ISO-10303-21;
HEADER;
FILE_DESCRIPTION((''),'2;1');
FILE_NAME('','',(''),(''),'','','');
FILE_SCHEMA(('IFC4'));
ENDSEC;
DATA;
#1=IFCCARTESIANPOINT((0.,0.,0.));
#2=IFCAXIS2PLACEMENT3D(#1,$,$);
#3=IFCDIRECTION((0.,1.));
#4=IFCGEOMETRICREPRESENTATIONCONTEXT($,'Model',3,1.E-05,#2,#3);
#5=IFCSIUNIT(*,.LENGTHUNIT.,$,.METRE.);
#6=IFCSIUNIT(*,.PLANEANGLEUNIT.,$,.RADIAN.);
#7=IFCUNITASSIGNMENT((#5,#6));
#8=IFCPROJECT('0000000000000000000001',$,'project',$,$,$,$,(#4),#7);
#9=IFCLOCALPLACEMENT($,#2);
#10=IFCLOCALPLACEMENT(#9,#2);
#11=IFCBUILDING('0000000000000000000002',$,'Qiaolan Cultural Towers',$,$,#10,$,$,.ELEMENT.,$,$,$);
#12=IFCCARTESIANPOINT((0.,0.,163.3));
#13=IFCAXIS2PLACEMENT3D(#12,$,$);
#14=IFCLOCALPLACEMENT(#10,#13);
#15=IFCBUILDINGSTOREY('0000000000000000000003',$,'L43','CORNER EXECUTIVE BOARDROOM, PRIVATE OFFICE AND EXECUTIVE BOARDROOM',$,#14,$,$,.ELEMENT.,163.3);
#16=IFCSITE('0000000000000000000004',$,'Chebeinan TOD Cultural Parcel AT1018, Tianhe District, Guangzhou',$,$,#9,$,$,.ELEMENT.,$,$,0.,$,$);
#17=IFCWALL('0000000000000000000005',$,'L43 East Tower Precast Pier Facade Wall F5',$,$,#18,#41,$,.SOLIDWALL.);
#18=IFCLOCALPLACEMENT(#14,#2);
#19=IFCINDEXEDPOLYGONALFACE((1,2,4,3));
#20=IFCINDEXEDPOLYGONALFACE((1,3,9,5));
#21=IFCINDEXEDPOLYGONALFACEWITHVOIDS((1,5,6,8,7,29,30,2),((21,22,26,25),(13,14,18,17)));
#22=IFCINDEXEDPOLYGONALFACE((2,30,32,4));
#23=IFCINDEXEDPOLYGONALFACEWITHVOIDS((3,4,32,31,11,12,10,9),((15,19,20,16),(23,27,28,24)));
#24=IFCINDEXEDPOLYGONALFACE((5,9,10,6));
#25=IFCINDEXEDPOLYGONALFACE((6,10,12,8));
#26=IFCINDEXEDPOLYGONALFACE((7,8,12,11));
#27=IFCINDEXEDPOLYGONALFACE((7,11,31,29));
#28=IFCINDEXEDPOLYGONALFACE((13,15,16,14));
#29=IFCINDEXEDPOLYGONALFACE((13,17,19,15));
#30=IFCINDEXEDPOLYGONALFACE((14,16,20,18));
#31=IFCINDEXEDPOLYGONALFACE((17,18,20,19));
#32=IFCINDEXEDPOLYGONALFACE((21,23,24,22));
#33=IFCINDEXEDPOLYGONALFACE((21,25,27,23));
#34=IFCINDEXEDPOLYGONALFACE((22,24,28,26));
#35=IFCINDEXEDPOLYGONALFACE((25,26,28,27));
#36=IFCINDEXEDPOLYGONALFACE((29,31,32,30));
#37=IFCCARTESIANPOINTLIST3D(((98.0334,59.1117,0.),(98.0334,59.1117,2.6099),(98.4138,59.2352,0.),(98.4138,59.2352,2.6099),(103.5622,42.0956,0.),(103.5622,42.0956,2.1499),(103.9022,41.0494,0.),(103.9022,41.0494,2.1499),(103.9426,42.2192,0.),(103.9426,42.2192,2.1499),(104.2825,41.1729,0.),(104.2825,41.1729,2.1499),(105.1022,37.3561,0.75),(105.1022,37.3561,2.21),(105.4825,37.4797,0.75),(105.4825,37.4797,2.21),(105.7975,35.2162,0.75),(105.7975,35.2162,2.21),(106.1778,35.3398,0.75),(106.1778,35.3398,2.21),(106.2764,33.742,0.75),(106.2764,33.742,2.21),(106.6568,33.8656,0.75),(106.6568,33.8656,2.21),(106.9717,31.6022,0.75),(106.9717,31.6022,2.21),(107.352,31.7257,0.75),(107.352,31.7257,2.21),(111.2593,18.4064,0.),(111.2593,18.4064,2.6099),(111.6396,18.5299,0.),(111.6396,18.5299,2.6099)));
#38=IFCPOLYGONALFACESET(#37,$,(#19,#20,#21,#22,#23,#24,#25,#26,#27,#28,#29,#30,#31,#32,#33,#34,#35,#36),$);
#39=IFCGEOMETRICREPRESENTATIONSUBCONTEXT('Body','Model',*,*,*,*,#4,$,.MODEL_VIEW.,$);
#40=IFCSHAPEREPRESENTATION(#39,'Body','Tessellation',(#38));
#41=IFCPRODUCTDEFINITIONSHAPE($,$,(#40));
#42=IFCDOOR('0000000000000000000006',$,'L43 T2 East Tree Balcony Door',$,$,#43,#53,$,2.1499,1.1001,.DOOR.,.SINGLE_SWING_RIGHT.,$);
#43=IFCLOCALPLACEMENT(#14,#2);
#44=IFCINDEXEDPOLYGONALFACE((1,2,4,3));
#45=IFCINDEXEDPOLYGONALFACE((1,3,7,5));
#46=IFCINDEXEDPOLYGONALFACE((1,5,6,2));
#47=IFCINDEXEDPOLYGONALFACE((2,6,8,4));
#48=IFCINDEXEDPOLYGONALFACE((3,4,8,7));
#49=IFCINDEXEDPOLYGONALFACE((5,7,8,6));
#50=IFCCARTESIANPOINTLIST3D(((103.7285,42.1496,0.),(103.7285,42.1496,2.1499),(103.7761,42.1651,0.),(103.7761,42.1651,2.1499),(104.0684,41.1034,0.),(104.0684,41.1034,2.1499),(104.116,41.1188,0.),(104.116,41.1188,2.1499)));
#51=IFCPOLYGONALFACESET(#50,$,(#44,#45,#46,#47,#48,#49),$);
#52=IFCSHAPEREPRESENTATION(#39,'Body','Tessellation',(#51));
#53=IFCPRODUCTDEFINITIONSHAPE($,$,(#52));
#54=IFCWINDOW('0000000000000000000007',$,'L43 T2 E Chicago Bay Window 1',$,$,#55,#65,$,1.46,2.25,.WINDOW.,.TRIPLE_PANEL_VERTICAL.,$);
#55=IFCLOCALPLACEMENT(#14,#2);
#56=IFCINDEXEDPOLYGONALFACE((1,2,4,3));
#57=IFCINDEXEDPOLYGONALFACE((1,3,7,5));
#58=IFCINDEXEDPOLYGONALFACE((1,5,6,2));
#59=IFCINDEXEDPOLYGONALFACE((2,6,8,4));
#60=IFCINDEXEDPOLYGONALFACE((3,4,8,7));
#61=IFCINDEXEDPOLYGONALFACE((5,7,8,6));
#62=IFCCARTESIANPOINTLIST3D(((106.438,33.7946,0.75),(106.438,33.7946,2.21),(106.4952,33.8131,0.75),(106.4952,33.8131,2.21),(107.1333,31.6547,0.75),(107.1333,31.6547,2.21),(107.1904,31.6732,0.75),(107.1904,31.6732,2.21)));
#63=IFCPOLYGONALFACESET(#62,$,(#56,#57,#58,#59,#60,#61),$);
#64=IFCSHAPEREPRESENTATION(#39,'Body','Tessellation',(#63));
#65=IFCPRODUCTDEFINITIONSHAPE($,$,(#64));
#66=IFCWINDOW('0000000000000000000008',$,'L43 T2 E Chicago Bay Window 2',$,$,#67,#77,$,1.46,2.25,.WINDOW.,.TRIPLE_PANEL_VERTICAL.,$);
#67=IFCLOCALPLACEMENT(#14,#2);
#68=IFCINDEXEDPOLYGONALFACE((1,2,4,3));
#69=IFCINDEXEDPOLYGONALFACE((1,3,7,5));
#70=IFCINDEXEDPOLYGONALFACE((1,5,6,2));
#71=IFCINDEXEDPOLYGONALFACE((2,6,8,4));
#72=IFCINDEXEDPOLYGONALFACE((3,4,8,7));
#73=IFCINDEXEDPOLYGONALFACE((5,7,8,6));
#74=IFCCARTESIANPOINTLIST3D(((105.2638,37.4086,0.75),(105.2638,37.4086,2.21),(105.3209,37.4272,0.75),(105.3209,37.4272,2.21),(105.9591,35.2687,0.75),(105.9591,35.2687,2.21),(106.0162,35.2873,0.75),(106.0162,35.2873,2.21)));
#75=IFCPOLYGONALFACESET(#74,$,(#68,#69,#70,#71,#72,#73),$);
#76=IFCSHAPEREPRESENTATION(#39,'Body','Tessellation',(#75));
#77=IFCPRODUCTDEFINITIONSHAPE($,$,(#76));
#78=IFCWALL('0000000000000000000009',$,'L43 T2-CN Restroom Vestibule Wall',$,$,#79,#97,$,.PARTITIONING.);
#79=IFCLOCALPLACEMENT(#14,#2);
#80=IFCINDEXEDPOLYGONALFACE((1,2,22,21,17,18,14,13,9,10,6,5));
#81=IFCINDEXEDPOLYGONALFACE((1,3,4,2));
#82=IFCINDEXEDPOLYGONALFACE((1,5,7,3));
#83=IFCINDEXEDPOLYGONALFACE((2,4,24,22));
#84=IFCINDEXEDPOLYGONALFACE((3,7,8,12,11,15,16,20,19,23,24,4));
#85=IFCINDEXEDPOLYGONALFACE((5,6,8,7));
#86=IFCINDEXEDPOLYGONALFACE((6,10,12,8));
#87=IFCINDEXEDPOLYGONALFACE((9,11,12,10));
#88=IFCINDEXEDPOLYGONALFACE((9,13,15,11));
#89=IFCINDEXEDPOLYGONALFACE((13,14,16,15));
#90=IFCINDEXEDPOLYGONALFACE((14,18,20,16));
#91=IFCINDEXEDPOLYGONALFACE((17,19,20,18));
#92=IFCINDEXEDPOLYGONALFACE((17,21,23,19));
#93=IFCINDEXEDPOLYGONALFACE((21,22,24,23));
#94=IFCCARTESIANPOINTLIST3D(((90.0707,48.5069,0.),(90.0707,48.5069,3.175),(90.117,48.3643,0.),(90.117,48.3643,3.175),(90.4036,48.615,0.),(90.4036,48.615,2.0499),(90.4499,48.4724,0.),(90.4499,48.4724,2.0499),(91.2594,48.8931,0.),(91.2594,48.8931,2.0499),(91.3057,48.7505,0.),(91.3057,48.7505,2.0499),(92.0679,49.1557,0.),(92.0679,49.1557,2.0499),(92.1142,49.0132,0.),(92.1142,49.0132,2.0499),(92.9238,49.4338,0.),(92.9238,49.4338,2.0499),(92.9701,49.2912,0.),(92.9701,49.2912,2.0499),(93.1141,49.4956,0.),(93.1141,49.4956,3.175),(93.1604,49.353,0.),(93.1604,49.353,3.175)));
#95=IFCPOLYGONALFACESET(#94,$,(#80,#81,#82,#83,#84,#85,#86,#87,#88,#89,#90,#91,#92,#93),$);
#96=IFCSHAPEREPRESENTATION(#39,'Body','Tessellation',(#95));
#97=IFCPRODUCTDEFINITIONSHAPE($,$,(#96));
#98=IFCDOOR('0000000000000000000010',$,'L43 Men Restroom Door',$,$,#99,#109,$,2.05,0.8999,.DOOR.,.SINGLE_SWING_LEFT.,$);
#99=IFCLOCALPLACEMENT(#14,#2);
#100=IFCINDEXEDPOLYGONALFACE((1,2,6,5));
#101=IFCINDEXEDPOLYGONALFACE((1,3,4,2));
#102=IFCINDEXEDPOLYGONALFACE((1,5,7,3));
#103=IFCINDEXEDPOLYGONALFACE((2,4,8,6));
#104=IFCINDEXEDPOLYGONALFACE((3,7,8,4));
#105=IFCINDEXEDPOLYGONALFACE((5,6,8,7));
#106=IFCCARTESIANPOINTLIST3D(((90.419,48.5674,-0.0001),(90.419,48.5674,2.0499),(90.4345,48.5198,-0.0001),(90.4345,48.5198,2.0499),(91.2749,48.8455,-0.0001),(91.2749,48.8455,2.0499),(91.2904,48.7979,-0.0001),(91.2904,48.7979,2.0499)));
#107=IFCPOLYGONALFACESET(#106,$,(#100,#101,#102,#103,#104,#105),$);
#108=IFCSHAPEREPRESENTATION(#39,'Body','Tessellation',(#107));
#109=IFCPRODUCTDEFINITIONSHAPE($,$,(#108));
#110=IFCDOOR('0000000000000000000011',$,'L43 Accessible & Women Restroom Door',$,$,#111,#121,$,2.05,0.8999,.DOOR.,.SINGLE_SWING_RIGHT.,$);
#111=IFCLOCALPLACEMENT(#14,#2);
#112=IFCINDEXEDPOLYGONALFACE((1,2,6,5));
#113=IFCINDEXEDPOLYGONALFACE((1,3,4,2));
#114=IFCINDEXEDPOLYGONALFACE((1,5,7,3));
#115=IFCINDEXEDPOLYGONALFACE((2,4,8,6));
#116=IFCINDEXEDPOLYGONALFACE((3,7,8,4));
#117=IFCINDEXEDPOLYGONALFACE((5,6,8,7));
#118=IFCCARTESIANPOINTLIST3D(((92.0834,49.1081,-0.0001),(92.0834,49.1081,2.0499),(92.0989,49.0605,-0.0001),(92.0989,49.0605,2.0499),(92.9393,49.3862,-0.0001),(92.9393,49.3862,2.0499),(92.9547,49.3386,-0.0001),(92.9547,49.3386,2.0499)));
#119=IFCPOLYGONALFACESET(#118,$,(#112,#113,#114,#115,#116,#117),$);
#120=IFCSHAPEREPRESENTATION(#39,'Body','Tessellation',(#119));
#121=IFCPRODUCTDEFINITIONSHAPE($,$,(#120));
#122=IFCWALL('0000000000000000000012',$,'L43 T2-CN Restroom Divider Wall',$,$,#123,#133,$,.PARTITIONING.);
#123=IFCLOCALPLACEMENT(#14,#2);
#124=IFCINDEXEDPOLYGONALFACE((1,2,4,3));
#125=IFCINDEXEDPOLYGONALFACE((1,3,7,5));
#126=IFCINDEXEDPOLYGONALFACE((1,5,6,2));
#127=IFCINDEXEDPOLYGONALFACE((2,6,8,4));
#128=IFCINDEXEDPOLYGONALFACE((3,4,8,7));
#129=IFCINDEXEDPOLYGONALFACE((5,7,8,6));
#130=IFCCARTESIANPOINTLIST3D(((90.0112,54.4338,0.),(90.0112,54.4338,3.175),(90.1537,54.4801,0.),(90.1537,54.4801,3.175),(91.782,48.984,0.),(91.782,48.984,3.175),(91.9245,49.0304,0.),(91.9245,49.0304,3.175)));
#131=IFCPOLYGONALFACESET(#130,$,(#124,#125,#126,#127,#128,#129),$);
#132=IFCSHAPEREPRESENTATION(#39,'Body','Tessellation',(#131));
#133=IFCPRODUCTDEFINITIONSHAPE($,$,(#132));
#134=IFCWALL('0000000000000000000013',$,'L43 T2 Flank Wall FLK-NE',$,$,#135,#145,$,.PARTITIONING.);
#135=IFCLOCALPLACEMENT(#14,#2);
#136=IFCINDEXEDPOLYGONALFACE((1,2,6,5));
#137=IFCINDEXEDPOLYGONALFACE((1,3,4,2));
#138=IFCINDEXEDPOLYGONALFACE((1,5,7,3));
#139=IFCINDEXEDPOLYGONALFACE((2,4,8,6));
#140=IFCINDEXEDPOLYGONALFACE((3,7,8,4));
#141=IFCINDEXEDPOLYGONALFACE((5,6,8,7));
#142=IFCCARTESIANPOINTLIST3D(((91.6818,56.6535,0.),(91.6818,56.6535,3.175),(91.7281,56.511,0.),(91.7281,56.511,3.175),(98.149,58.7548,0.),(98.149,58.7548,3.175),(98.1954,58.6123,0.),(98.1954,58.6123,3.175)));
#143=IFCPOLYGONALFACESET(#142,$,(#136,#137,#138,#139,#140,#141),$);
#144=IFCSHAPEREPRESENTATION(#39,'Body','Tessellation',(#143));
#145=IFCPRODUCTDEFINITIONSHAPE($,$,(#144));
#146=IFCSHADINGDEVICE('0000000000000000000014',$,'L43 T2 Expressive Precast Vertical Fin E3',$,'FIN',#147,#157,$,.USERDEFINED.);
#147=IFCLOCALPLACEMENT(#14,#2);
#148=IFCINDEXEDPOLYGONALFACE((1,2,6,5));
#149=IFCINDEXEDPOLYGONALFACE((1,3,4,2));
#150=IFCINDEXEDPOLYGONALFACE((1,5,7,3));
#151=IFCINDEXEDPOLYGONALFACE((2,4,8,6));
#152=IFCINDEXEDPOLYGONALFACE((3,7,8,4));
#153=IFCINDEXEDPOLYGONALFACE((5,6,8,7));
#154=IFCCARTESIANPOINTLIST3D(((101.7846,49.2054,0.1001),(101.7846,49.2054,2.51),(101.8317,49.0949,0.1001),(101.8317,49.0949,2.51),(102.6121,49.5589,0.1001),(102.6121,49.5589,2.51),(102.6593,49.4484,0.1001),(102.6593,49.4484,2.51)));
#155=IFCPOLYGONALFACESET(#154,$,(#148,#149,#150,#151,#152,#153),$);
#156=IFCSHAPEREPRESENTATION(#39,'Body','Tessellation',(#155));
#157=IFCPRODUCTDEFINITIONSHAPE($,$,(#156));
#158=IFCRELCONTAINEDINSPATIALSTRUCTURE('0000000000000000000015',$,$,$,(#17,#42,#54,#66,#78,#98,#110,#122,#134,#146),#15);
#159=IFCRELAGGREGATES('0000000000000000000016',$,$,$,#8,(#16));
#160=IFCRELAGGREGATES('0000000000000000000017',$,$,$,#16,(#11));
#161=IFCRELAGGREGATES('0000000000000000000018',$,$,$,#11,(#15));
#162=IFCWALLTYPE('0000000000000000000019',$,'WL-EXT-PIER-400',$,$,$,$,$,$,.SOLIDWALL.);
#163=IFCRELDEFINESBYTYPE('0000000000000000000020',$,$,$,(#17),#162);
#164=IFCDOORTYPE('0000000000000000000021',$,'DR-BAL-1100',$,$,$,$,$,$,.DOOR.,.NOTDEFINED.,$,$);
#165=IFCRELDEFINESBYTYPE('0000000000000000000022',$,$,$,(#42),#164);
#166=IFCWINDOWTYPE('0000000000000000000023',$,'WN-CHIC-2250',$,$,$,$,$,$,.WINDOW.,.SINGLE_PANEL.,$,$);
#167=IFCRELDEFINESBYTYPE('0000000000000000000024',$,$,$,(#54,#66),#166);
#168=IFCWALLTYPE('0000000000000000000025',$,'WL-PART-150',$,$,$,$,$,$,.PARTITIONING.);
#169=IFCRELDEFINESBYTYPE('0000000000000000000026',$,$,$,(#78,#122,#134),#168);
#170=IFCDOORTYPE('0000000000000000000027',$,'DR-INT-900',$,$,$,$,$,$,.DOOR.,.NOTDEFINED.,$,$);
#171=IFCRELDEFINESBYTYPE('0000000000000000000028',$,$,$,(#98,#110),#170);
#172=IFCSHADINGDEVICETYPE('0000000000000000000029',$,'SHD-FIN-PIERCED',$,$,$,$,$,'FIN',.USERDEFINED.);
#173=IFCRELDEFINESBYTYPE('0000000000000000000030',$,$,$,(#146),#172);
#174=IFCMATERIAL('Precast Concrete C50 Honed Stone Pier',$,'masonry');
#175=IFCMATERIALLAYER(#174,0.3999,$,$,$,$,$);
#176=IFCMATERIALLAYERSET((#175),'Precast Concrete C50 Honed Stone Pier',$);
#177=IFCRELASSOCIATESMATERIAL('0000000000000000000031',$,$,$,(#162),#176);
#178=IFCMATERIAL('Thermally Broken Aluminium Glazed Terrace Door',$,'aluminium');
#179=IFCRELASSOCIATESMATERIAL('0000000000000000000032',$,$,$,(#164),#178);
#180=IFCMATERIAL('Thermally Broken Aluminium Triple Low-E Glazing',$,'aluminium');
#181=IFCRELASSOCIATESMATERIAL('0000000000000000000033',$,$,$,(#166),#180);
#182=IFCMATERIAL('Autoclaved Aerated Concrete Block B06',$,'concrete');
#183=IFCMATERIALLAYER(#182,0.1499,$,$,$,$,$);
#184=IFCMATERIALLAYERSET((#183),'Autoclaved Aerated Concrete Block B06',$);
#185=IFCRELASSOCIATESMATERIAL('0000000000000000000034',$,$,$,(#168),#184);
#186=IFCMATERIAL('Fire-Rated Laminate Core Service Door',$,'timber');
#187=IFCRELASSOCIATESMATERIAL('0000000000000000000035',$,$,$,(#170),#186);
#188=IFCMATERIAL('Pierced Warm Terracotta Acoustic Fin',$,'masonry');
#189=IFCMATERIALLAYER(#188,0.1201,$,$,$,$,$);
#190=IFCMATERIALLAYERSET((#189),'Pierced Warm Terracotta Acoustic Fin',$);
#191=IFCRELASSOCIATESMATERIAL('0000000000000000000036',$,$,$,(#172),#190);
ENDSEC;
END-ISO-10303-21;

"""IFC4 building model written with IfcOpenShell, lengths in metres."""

from ifc_helpers import new_model, si_unit, direction, frame, frame_2d, origin, origin_2d, place, context, subcontext, project, spatial, rectangle, extrude, material, layer, layer_set, type_object, element, fill, save


model = new_model("IFC4")

# Units and contexts
model_context = context("Model", 3, precision=1e-05, world=origin(), true_north=direction((0.0, 1.0)))
body_context = subcontext(model_context, "Body", "Model", "MODEL_VIEW")
ifc_project = project(units=[si_unit("LENGTHUNIT", "METRE"), si_unit("PLANEANGLEUNIT", "RADIAN")], contexts=[model_context])

# Site, building, storey
site_placement = place(None, origin())
site = spatial("IfcSite", under=ifc_project, at=site_placement, Name="Chebeinan TOD Cultural Parcel AT1018, Tianhe District, Guangzhou", CompositionType="ELEMENT", RefElevation=0.0)
building_placement = place(site_placement, origin())
building = spatial("IfcBuilding", under=site, at=building_placement, Name="Qiaolan Cultural Towers", CompositionType="ELEMENT")
storey_placement = place(building_placement, frame((0.0, 0.0, 163.3)))
storey = spatial("IfcBuildingStorey", under=building, at=storey_placement, Name="L43", Description="CORNER EXECUTIVE BOARDROOM, PRIVATE OFFICE AND EXECUTIVE BOARDROOM", CompositionType="ELEMENT", Elevation=163.3)

# Shared definitions
ifc_material_1 = material(Name="Precast Concrete C50 Honed Stone Pier", Category="masonry")
ifc_layer_1 = layer(ifc_material_1, 0.3999)
ifc_layer_set_1 = layer_set([ifc_layer_1], Name="Precast Concrete C50 Honed Stone Pier")
wall_type_1 = type_object("IfcWallType", Name="WL-EXT-PIER-400", PredefinedType="SOLIDWALL", material=ifc_layer_set_1)

# Wall, openings, door, windows
wall_1_placement = place(storey_placement, frame((98.2236, 59.1733, 0.0), z_axis=(0.0, 0.0, 1.0), x_axis=(0.309014, -0.951057, 0.0)))
wall_1 = element("IfcWall", 1, at=wall_1_placement, inside=storey, type_object=wall_type_1, Name="L43 East Tower Precast Pier Facade Wall F5", PredefinedType="SOLIDWALL", context=body_context, shape_type="SweptSolid", body=[
    extrude(rectangle(XDim=42.8, YDim=0.3999, at=frame_2d((21.3999, 0.0))), origin(), (0.0, 0.0, 1.0), 2.6099),
])
opening_1_placement = place(wall_1_placement, frame((26.675, 0.0, 0.75)))
opening_1 = element("IfcOpeningElement", 2, at=opening_1_placement, cuts=wall_1, PredefinedType="OPENING", context=body_context, shape_type="SweptSolid", body=[
    extrude(rectangle(XDim=2.25, YDim=1.46, at=frame_2d((1.125, 0.73))), frame((0.0, 0.21, 0.0), z_axis=(0.0, -1.0, 0.0), x_axis=(1.0, 0.0, 0.0)), (0.0, 0.0, 1.0), 0.4199),
])
opening_2_placement = place(wall_1_placement, frame((22.875, 0.0, 0.75)))
opening_2 = element("IfcOpeningElement", 3, at=opening_2_placement, cuts=wall_1, PredefinedType="OPENING", context=body_context, shape_type="SweptSolid", body=[
    extrude(rectangle(XDim=2.25, YDim=1.46, at=frame_2d((1.125, 0.73))), frame((0.0, 0.21, 0.0), z_axis=(0.0, -1.0, 0.0), x_axis=(1.0, 0.0, 0.0)), (0.0, 0.0, 1.0), 0.4199),
])
opening_3_placement = place(wall_1_placement, frame((17.8916, 0.0, 0.0)))
opening_3 = element("IfcOpeningElement", 4, at=opening_3_placement, cuts=wall_1, PredefinedType="OPENING", context=body_context, shape_type="SweptSolid", body=[
    extrude(rectangle(XDim=1.1001, YDim=2.1499, at=frame_2d((0.55, 1.075))), frame((0.0, 0.21, 0.0), z_axis=(0.0, -1.0, 0.0), x_axis=(1.0, 0.0, 0.0)), (0.0, 0.0, 1.0), 0.4199),
])
ifc_material_2 = material(Name="Thermally Broken Aluminium Glazed Terrace Door", Category="aluminium")
door_type_1 = type_object("IfcDoorType", Name="DR-BAL-1100", OperationType="NOTDEFINED", PredefinedType="DOOR", material=ifc_material_2)
door_1_placement = place(opening_3_placement, origin())
door_1 = element("IfcDoor", 5, at=door_1_placement, inside=storey, type_object=door_type_1, Name="L43 T2 East Tree Balcony Door", OperationType="SINGLE_SWING_RIGHT", OverallHeight=2.1499, OverallWidth=1.1001, PredefinedType="DOOR", context=body_context, shape_type="SweptSolid", body=[
    extrude(rectangle(XDim=1.1001, YDim=2.1499, at=frame_2d((0.55, 1.075))), frame((0.0, 0.0249, 0.0), z_axis=(0.0, -1.0, 0.0), x_axis=(1.0, 0.0, 0.0)), (0.0, 0.0, 1.0), 0.05),
])
fill(opening_3, door_1)
ifc_material_3 = material(Name="Thermally Broken Aluminium Triple Low-E Glazing", Category="aluminium")
window_type = type_object("IfcWindowType", Name="WN-CHIC-2250", PartitioningType="SINGLE_PANEL", PredefinedType="WINDOW", material=ifc_material_3)
window_1_placement = place(opening_1_placement, origin())
window_1 = element("IfcWindow", 6, at=window_1_placement, inside=storey, type_object=window_type, Name="L43 T2 E Chicago Bay Window 1", OverallHeight=1.46, OverallWidth=2.25, PartitioningType="TRIPLE_PANEL_VERTICAL", PredefinedType="WINDOW", context=body_context, shape_type="SweptSolid", body=[
    extrude(rectangle(XDim=2.25, YDim=1.46, at=frame_2d((1.125, 0.73))), frame((0.0, 0.03, 0.0), z_axis=(0.0, -1.0, 0.0), x_axis=(1.0, 0.0, 0.0)), (0.0, 0.0, 1.0), 0.0601),
])
fill(opening_1, window_1)
window_2_placement = place(opening_2_placement, origin())
window_2 = element("IfcWindow", 7, at=window_2_placement, inside=storey, type_object=window_type, Name="L43 T2 E Chicago Bay Window 2", OverallHeight=1.46, OverallWidth=2.25, PartitioningType="TRIPLE_PANEL_VERTICAL", PredefinedType="WINDOW", context=body_context, shape_type="SweptSolid", body=[
    extrude(rectangle(XDim=2.25, YDim=1.46, at=frame_2d((1.125, 0.73))), frame((0.0, 0.03, 0.0), z_axis=(0.0, -1.0, 0.0), x_axis=(1.0, 0.0, 0.0)), (0.0, 0.0, 1.0), 0.0601),
])
fill(opening_2, window_2)

# Wall, openings, doors
ifc_material_4 = material(Name="Autoclaved Aerated Concrete Block B06", Category="concrete")
ifc_layer_2 = layer(ifc_material_4, 0.1499)
ifc_layer_set_2 = layer_set([ifc_layer_2], Name="Autoclaved Aerated Concrete Block B06")
wall_type_2 = type_object("IfcWallType", Name="WL-PART-150", PredefinedType="PARTITIONING", material=ifc_layer_set_2)
wall_2_placement = place(storey_placement, frame((90.0938, 48.4355, 0.0), z_axis=(0.0, 0.0, 1.0), x_axis=(0.951067, 0.308986, 0.0)))
wall_2 = element("IfcWall", 8, at=wall_2_placement, inside=storey, type_object=wall_type_2, Name="L43 T2-CN Restroom Vestibule Wall", PredefinedType="PARTITIONING", context=body_context, shape_type="SweptSolid", body=[
    extrude(rectangle(XDim=3.2, YDim=0.1499, at=frame_2d((1.6001, 0.0))), origin(), (0.0, 0.0, 1.0), 3.175),
])
opening_4_placement = place(wall_2_placement, frame((0.3501, 0.0, 0.0)))
opening_4 = element("IfcOpeningElement", 9, at=opening_4_placement, cuts=wall_2, PredefinedType="OPENING", context=body_context, shape_type="SweptSolid", body=[
    extrude(rectangle(XDim=0.8999, YDim=2.05, at=frame_2d((0.45, 1.0249))), frame((0.0, 0.085, 0.0), z_axis=(0.0, -1.0, 0.0), x_axis=(1.0, 0.0, 0.0)), (0.0, 0.0, 1.0), 0.1699),
])
opening_5_placement = place(wall_2_placement, frame((2.1001, 0.0, 0.0)))
opening_5 = element("IfcOpeningElement", 10, at=opening_5_placement, cuts=wall_2, PredefinedType="OPENING", context=body_context, shape_type="SweptSolid", body=[
    extrude(rectangle(XDim=0.8999, YDim=2.05, at=frame_2d((0.45, 1.0249))), frame((0.0, 0.085, 0.0), z_axis=(0.0, -1.0, 0.0), x_axis=(1.0, 0.0, 0.0)), (0.0, 0.0, 1.0), 0.1699),
])
ifc_material_5 = material(Name="Fire-Rated Laminate Core Service Door", Category="timber")
door_type_2 = type_object("IfcDoorType", Name="DR-INT-900", OperationType="NOTDEFINED", PredefinedType="DOOR", material=ifc_material_5)
door_2_placement = place(opening_4_placement, origin())
door_2 = element("IfcDoor", 11, at=door_2_placement, inside=storey, type_object=door_type_2, Name="L43 Men Restroom Door", OperationType="SINGLE_SWING_LEFT", OverallHeight=2.05, OverallWidth=0.8999, PredefinedType="DOOR", context=body_context, shape_type="SweptSolid", body=[
    extrude(rectangle(XDim=0.8999, YDim=2.05, at=frame_2d((0.45, 1.0249))), frame((0.0, 0.0249, 0.0), z_axis=(0.0, -1.0, 0.0), x_axis=(1.0, 0.0, 0.0)), (0.0, 0.0, 1.0), 0.05),
])
fill(opening_4, door_2)
door_3_placement = place(opening_5_placement, origin())
door_3 = element("IfcDoor", 12, at=door_3_placement, inside=storey, type_object=door_type_2, Name="L43 Accessible & Women Restroom Door", OperationType="SINGLE_SWING_RIGHT", OverallHeight=2.05, OverallWidth=0.8999, PredefinedType="DOOR", context=body_context, shape_type="SweptSolid", body=[
    extrude(rectangle(XDim=0.8999, YDim=2.05, at=frame_2d((0.45, 1.0249))), frame((0.0, 0.0249, 0.0), z_axis=(0.0, -1.0, 0.0), x_axis=(1.0, 0.0, 0.0)), (0.0, 0.0, 1.0), 0.05),
])
fill(opening_5, door_3)

# Walls
wall_3_placement = place(storey_placement, frame((91.8533, 49.0071, 0.0), z_axis=(0.0, 0.0, 1.0), x_axis=(-0.309022, 0.951055, 0.0)))
element("IfcWall", 13, at=wall_3_placement, inside=storey, type_object=wall_type_2, Name="L43 T2-CN Restroom Divider Wall", PredefinedType="PARTITIONING", context=body_context, shape_type="SweptSolid", body=[
    extrude(rectangle(XDim=5.7302, YDim=0.1499, at=frame_2d((2.8652, 0.0))), origin(), (0.0, 0.0, 1.0), 3.175),
])
wall_4_placement = place(storey_placement, frame((91.7051, 56.5823, 0.0), z_axis=(0.0, 0.0, 1.0), x_axis=(0.951058, 0.309013, 0.0)))
element("IfcWall", 14, at=wall_4_placement, inside=storey, type_object=wall_type_2, Name="L43 T2 Flank Wall FLK-NE", PredefinedType="PARTITIONING", context=body_context, shape_type="SweptSolid", body=[
    extrude(rectangle(XDim=6.8, YDim=0.1499, at=frame_2d((3.3999, 0.0))), origin(), (0.0, 0.0, 1.0), 3.175),
])

# Shading device
ifc_material_6 = material(Name="Pierced Warm Terracotta Acoustic Fin", Category="masonry")
ifc_layer_3 = layer(ifc_material_6, 0.1201)
ifc_layer_set_3 = layer_set([ifc_layer_3], Name="Pierced Warm Terracotta Acoustic Fin")
shading_device_type = type_object("IfcShadingDeviceType", Name="SHD-FIN-PIERCED", ElementType="FIN", PredefinedType="USERDEFINED", material=ifc_layer_set_3)
shading_device_placement = place(storey_placement, frame((102.2219, 49.3269, 0.1001), z_axis=(0.0, 0.0, 1.0), x_axis=(0.919614, 0.392824, 0.0)))
element("IfcShadingDevice", 15, at=shading_device_placement, inside=storey, type_object=shading_device_type, Name="L43 T2 Expressive Precast Vertical Fin E3", ObjectType="FIN", PredefinedType="USERDEFINED", context=body_context, shape_type="SweptSolid", body=[
    extrude(rectangle(XDim=0.8999, YDim=0.1201, at=origin_2d()), origin(), (0.0, 0.0, 1.0), 2.4099),
])

save(model, "model.ifc")
